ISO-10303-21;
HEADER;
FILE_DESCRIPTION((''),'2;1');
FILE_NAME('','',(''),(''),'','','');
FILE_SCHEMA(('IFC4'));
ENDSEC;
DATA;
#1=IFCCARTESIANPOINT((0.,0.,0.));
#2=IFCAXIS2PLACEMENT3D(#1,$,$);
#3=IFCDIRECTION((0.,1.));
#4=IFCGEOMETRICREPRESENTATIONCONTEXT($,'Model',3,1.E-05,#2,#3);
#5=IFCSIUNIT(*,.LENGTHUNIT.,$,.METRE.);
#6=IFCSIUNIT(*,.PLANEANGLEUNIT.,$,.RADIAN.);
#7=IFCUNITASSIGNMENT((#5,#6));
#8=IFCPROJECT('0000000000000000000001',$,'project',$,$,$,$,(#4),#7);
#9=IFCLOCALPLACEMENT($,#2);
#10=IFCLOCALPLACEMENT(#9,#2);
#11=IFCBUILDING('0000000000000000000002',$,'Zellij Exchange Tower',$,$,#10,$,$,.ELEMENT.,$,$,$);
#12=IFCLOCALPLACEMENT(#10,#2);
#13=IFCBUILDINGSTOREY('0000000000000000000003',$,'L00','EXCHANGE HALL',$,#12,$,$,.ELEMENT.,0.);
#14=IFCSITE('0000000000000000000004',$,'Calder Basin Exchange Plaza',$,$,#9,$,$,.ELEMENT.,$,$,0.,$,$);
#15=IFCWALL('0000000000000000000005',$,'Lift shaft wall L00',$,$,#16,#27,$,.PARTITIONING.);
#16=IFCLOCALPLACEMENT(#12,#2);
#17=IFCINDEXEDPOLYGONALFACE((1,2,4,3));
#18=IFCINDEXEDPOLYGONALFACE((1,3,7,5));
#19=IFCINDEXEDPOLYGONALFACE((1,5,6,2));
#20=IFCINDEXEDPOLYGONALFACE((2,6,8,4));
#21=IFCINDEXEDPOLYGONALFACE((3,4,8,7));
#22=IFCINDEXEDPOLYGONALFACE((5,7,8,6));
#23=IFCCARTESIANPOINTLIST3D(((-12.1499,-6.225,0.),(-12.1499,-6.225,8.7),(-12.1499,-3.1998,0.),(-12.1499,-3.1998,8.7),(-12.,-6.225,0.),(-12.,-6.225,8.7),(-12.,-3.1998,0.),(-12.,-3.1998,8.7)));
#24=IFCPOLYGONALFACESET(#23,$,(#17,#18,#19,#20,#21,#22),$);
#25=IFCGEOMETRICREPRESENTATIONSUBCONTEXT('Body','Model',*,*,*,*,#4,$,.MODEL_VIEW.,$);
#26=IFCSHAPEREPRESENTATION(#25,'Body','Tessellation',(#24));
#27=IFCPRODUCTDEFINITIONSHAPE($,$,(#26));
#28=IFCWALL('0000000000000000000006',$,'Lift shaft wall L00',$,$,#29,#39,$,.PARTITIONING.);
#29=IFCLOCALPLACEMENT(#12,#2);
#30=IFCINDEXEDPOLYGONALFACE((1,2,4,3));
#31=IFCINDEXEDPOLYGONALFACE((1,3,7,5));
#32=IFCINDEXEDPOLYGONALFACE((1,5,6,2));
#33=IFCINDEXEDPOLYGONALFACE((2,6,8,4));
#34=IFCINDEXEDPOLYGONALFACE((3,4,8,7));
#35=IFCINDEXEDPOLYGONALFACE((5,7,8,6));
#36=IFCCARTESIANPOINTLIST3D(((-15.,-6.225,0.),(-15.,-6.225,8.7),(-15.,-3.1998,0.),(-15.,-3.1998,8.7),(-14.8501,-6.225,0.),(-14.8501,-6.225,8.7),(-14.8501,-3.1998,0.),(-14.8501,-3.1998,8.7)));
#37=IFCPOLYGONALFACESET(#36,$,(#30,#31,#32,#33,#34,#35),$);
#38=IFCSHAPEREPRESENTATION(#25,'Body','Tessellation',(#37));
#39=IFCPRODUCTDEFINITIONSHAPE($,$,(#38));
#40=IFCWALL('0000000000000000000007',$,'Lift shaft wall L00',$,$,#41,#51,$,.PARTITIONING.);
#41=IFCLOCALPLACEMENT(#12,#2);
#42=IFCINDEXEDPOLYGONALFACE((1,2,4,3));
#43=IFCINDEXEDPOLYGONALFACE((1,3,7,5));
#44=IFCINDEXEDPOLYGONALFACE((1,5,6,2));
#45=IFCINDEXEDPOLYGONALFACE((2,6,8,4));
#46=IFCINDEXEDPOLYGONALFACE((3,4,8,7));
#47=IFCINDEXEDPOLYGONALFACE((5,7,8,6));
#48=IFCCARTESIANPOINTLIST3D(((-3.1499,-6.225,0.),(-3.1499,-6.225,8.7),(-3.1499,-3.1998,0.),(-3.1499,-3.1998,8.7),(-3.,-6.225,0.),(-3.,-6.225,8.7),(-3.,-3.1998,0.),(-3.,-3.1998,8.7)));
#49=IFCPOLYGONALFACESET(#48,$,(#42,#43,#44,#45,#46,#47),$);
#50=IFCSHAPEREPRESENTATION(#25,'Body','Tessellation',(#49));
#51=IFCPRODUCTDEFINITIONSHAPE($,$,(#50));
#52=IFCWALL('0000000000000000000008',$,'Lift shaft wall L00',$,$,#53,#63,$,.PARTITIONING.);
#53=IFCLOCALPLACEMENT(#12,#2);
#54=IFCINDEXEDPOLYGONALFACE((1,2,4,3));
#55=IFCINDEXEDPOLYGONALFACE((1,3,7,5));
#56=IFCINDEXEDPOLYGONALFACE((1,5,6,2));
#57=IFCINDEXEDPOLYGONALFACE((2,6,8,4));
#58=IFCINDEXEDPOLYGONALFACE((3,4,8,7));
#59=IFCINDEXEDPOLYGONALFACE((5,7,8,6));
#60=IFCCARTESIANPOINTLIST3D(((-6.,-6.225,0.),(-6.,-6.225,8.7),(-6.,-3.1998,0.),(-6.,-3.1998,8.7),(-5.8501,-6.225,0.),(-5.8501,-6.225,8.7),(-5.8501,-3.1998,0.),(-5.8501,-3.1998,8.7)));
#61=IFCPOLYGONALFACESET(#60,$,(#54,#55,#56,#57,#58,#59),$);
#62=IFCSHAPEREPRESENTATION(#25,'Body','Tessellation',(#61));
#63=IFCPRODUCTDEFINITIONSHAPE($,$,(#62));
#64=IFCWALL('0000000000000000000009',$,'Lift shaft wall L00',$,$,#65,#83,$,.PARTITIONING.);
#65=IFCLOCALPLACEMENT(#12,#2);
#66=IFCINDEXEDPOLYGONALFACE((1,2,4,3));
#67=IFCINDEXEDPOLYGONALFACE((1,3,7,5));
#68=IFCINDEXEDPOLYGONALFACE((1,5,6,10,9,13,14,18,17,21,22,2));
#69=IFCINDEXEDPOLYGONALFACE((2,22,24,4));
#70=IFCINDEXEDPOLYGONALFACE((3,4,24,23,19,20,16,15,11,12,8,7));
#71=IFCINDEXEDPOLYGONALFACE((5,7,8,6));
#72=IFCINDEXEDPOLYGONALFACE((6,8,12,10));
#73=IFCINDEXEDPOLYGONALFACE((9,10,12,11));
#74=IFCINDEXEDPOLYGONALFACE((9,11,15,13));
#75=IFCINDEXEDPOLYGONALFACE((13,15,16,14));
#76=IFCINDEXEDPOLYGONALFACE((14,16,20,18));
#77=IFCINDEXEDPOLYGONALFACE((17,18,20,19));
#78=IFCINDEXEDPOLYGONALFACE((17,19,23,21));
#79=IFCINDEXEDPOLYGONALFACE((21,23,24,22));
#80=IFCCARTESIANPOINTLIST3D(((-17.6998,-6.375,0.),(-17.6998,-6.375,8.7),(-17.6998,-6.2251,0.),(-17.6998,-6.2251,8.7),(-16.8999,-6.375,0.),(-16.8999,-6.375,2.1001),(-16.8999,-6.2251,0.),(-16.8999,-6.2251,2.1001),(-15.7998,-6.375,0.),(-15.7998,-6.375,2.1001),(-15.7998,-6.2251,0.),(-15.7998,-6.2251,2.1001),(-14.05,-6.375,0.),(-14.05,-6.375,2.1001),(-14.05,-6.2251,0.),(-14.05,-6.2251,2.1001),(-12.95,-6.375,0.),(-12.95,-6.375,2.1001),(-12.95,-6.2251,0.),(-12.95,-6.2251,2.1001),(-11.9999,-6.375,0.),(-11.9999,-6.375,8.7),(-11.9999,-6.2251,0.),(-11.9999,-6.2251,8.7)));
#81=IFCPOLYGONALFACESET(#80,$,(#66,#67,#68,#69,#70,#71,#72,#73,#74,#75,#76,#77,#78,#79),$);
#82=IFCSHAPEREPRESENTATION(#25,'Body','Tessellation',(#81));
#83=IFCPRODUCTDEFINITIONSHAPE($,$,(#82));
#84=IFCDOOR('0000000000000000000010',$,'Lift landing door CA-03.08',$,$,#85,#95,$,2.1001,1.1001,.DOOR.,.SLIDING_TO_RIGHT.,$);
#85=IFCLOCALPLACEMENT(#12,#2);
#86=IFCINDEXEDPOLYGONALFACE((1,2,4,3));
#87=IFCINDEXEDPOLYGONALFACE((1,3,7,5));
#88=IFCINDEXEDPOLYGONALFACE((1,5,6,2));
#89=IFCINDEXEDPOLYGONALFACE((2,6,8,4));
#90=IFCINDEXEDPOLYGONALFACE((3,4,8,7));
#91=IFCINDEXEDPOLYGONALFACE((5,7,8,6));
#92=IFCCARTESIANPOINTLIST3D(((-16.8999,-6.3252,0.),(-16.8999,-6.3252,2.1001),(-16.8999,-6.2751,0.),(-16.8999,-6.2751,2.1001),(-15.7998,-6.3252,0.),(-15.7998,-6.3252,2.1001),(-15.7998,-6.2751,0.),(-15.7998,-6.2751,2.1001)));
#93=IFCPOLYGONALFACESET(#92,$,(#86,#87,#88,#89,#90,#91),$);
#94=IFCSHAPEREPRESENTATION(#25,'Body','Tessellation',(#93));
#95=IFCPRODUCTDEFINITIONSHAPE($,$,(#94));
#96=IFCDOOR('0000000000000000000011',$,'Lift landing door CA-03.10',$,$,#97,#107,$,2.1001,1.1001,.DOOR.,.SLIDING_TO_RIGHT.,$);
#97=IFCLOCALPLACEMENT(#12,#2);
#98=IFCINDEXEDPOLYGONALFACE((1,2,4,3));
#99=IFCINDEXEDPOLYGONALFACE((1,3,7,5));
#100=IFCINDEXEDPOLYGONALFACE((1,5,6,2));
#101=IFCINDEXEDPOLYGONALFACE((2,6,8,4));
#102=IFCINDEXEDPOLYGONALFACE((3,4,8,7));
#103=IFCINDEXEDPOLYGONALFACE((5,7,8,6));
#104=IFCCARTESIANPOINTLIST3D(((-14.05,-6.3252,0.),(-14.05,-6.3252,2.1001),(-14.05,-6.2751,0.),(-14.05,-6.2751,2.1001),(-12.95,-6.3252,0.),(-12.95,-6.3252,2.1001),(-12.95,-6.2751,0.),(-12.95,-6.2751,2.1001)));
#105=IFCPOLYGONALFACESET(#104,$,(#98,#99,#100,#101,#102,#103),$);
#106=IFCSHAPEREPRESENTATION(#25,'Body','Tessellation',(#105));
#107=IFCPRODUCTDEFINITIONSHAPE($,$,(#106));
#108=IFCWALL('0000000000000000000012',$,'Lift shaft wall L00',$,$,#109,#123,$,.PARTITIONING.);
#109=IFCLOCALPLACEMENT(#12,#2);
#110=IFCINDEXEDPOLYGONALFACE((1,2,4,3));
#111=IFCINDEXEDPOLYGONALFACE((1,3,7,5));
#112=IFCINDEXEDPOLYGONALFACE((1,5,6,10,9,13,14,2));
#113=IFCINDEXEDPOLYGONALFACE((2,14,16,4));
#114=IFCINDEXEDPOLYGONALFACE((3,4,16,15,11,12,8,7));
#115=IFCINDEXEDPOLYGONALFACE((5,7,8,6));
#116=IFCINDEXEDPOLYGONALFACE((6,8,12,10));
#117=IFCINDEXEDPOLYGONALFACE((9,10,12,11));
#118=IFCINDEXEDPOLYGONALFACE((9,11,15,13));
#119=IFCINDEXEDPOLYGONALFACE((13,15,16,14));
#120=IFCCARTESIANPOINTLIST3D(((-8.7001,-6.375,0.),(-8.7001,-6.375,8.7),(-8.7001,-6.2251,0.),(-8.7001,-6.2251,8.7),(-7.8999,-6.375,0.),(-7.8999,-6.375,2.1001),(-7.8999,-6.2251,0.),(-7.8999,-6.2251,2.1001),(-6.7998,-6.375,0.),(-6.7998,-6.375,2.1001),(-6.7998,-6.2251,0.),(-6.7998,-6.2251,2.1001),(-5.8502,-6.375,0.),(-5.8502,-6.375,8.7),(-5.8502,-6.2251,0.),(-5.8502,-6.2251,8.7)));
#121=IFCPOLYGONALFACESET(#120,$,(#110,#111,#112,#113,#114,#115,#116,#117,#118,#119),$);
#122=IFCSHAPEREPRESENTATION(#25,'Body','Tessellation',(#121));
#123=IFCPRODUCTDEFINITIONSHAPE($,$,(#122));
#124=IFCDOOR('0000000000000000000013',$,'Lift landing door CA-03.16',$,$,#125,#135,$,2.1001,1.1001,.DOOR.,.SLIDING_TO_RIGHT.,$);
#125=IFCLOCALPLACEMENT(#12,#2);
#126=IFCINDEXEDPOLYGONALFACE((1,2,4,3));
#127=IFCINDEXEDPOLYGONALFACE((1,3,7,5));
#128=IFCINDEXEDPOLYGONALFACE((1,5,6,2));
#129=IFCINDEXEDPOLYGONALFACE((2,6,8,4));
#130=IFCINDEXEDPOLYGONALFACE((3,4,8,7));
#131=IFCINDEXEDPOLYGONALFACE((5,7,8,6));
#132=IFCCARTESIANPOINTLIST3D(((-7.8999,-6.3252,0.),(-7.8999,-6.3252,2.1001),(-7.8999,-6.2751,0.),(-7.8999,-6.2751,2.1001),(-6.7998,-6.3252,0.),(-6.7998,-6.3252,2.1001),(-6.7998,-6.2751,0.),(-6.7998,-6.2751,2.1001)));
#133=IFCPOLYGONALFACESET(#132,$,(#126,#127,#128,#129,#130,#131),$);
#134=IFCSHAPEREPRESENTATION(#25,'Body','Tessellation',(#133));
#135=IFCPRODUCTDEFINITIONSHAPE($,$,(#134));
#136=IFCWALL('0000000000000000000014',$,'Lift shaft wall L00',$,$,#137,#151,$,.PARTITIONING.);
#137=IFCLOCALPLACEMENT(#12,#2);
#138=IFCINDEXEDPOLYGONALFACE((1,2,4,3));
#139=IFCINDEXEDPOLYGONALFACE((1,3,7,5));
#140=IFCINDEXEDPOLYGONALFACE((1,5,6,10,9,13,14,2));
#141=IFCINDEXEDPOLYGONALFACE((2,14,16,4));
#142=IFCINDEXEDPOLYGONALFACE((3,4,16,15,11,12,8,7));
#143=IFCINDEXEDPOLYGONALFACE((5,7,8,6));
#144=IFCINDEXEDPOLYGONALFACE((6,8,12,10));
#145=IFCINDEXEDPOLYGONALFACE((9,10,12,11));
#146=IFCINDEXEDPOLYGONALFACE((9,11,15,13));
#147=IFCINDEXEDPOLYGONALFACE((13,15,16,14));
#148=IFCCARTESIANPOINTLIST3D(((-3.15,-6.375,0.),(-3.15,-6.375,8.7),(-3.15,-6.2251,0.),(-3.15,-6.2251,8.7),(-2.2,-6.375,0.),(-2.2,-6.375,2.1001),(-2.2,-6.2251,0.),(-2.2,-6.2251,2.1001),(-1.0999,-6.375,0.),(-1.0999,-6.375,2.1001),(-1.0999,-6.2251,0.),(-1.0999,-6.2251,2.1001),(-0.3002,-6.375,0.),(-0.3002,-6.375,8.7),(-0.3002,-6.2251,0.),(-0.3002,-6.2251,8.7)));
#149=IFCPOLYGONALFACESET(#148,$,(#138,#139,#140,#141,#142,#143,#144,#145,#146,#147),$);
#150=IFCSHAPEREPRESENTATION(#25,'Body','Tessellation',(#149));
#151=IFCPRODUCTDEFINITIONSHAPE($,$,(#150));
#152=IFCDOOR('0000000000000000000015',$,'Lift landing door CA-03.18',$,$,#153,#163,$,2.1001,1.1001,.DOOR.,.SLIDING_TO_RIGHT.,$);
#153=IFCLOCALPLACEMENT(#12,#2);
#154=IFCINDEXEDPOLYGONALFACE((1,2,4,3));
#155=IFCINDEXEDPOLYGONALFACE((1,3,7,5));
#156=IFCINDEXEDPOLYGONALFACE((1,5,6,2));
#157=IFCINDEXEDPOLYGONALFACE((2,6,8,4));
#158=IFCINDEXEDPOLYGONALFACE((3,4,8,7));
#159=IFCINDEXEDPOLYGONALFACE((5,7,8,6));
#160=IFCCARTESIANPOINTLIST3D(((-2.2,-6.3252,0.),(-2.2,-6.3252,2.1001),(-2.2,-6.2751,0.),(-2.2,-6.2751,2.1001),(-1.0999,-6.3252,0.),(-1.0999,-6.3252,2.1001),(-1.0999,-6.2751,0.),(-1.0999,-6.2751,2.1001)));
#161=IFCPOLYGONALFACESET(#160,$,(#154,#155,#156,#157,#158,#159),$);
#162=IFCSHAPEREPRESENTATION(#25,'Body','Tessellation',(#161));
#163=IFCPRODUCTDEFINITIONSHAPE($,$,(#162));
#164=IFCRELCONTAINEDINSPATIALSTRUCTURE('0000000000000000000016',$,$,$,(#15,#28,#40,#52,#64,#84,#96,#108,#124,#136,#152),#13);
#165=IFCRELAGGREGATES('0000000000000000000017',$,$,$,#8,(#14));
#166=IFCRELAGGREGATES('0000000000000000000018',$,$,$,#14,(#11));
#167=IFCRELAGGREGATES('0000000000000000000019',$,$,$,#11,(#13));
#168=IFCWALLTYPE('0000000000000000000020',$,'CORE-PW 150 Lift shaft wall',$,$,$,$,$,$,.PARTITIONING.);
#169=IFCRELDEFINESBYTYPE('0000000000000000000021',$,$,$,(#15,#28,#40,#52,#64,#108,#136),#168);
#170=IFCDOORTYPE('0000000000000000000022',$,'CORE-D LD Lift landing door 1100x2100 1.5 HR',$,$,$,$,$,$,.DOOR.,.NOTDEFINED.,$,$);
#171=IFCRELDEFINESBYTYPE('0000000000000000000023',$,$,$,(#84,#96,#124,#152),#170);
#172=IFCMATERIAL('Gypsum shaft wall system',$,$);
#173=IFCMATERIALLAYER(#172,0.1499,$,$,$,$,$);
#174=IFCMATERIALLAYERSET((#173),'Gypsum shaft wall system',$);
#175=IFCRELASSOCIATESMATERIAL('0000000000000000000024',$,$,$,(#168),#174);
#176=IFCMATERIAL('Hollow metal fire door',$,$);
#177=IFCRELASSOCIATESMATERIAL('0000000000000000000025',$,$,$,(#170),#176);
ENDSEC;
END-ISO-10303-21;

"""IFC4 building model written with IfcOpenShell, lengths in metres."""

from ifc_helpers import new_model, si_unit, direction, frame, frame_2d, origin, place, context, subcontext, project, spatial, rectangle, extrude, material, layer, layer_set, type_object, element, fill, save


model = new_model("IFC4")

# Units and contexts
model_context = context("Model", 3, precision=1e-05, world=origin(), true_north=direction((0.0, 1.0)))
body_context = subcontext(model_context, "Body", "Model", "MODEL_VIEW")
ifc_project = project(units=[si_unit("LENGTHUNIT", "METRE"), si_unit("PLANEANGLEUNIT", "RADIAN")], contexts=[model_context])

# Site, building, storey
site_placement = place(None, origin())
site = spatial("IfcSite", under=ifc_project, at=site_placement, Name="Calder Basin Exchange Plaza", CompositionType="ELEMENT", RefElevation=0.0)
building_placement = place(site_placement, origin())
building = spatial("IfcBuilding", under=site, at=building_placement, Name="Zellij Exchange Tower", CompositionType="ELEMENT")
storey_placement = place(building_placement, origin())
storey = spatial("IfcBuildingStorey", under=building, at=storey_placement, Name="L00", Description="EXCHANGE HALL", CompositionType="ELEMENT", Elevation=0.0)

# Shared definitions
ifc_material_1 = material(Name="Gypsum shaft wall system")
ifc_material_2 = material(Name="Hollow metal fire door")

# Walls
ifc_layer_1 = layer(ifc_material_1, 0.1499)
ifc_layer_set_1 = layer_set([ifc_layer_1], Name="Gypsum shaft wall system")
wall_type_1 = type_object("IfcWallType", Name="CORE-PW 150 Lift shaft wall", PredefinedType="PARTITIONING", material=ifc_layer_set_1)
for number, where, z_axis, x_axis, name in (
    (1, (-12.075, -6.2251, 0.0), (0.0, 0.0, 1.0), (0.0, 1.0, 0.0), "Lift shaft wall L00"),
    (2, (-14.925, -6.2251, 0.0), (0.0, 0.0, 1.0), (0.0, 1.0, 0.0), "Lift shaft wall L00"),
    (3, (-3.075, -6.2251, 0.0), (0.0, 0.0, 1.0), (0.0, 1.0, 0.0), "Lift shaft wall L00"),
    (4, (-5.925, -6.2251, 0.0), (0.0, 0.0, 1.0), (0.0, 1.0, 0.0), "Lift shaft wall L00"),
):
    element("IfcWall", number, at=place(storey_placement, frame(where, z_axis=z_axis, x_axis=x_axis)), inside=storey, type_object=wall_type_1, Name=name, PredefinedType="PARTITIONING", context=body_context, shape_type="SweptSolid", body=[
        extrude(rectangle(XDim=3.0251, YDim=0.1499, at=frame_2d((1.5127, 0.0))), origin(), (0.0, 0.0, 1.0), 8.7),
    ])

# Wall, openings, doors
wall_1_placement = place(storey_placement, frame((-17.7, -6.3, 0.0), z_axis=(0.0, 0.0, 1.0), x_axis=(1.0, 0.0, 0.0)))
wall_1 = element("IfcWall", 5, at=wall_1_placement, inside=storey, type_object=wall_type_1, Name="Lift shaft wall L00", PredefinedType="PARTITIONING", context=body_context, shape_type="SweptSolid", body=[
    extrude(rectangle(XDim=5.7, YDim=0.1499, at=frame_2d((2.8501, 0.0))), origin(), (0.0, 0.0, 1.0), 8.7),
])
opening_1_placement = place(wall_1_placement, frame((0.8, 0.0, 0.0)))
opening_1 = element("IfcOpeningElement", 6, at=opening_1_placement, cuts=wall_1, PredefinedType="OPENING", context=body_context, shape_type="SweptSolid", body=[
    extrude(rectangle(XDim=1.1001, YDim=2.1001, at=frame_2d((0.55, 1.05))), frame((0.0, 0.0869, 0.0), z_axis=(0.0, -1.0, 0.0), x_axis=(1.0, 0.0, 0.0)), (0.0, 0.0, 1.0), 0.1738),
])
opening_2_placement = place(wall_1_placement, frame((3.6499, 0.0, 0.0)))
opening_2 = element("IfcOpeningElement", 7, at=opening_2_placement, cuts=wall_1, PredefinedType="OPENING", context=body_context, shape_type="SweptSolid", body=[
    extrude(rectangle(XDim=1.1001, YDim=2.1001, at=frame_2d((0.55, 1.05))), frame((0.0, 0.0869, 0.0), z_axis=(0.0, -1.0, 0.0), x_axis=(1.0, 0.0, 0.0)), (0.0, 0.0, 1.0), 0.1738),
])
door_type_1 = type_object("IfcDoorType", Name="CORE-D LD Lift landing door 1100x2100 1.5 HR", OperationType="NOTDEFINED", PredefinedType="DOOR", material=ifc_material_2)
door_1_placement = place(opening_1_placement, origin())
door_1 = element("IfcDoor", 8, at=door_1_placement, inside=storey, type_object=door_type_1, Name="Lift landing door CA-03.08", OperationType="SLIDING_TO_RIGHT", OverallHeight=2.1001, OverallWidth=1.1001, PredefinedType="DOOR", context=body_context, shape_type="SweptSolid", body=[
    extrude(rectangle(XDim=1.1001, YDim=2.1001, at=frame_2d((0.55, 1.05))), frame((0.0, 0.0249, 0.0), z_axis=(0.0, -1.0, 0.0), x_axis=(1.0, 0.0, 0.0)), (0.0, 0.0, 1.0), 0.05),
])
fill(opening_1, door_1)
door_2_placement = place(opening_2_placement, origin())
door_2 = element("IfcDoor", 9, at=door_2_placement, inside=storey, type_object=door_type_1, Name="Lift landing door CA-03.10", OperationType="SLIDING_TO_RIGHT", OverallHeight=2.1001, OverallWidth=1.1001, PredefinedType="DOOR", context=body_context, shape_type="SweptSolid", body=[
    extrude(rectangle(XDim=1.1001, YDim=2.1001, at=frame_2d((0.55, 1.05))), frame((0.0, 0.0249, 0.0), z_axis=(0.0, -1.0, 0.0), x_axis=(1.0, 0.0, 0.0)), (0.0, 0.0, 1.0), 0.05),
])
fill(opening_2, door_2)

# Walls, openings, doors
wall_2_placement = place(storey_placement, frame((-8.7, -6.3, 0.0), z_axis=(0.0, 0.0, 1.0), x_axis=(1.0, 0.0, 0.0)))
wall_2 = element("IfcWall", 10, at=wall_2_placement, inside=storey, type_object=wall_type_1, Name="Lift shaft wall L00", PredefinedType="PARTITIONING", context=body_context, shape_type="SweptSolid", body=[
    extrude(rectangle(XDim=2.8499, YDim=0.1499, at=frame_2d((1.4248, 0.0))), origin(), (0.0, 0.0, 1.0), 8.7),
])
opening_3_placement = place(wall_2_placement, frame((0.8, 0.0, 0.0)))
opening_3 = element("IfcOpeningElement", 11, at=opening_3_placement, cuts=wall_2, PredefinedType="OPENING", context=body_context, shape_type="SweptSolid", body=[
    extrude(rectangle(XDim=1.1001, YDim=2.1001, at=frame_2d((0.55, 1.05))), frame((0.0, 0.0869, 0.0), z_axis=(0.0, -1.0, 0.0), x_axis=(1.0, 0.0, 0.0)), (0.0, 0.0, 1.0), 0.1738),
])
door_3_placement = place(opening_3_placement, origin())
door_3 = element("IfcDoor", 12, at=door_3_placement, inside=storey, type_object=door_type_1, Name="Lift landing door CA-03.16", OperationType="SLIDING_TO_RIGHT", OverallHeight=2.1001, OverallWidth=1.1001, PredefinedType="DOOR", context=body_context, shape_type="SweptSolid", body=[
    extrude(rectangle(XDim=1.1001, YDim=2.1001, at=frame_2d((0.55, 1.05))), frame((0.0, 0.0249, 0.0), z_axis=(0.0, -1.0, 0.0), x_axis=(1.0, 0.0, 0.0)), (0.0, 0.0, 1.0), 0.05),
])
fill(opening_3, door_3)
wall_3_placement = place(storey_placement, frame((-3.1499, -6.3, 0.0), z_axis=(0.0, 0.0, 1.0), x_axis=(1.0, 0.0, 0.0)))
wall_3 = element("IfcWall", 13, at=wall_3_placement, inside=storey, type_object=wall_type_1, Name="Lift shaft wall L00", PredefinedType="PARTITIONING", context=body_context, shape_type="SweptSolid", body=[
    extrude(rectangle(XDim=2.8499, YDim=0.1499, at=frame_2d((1.4248, 0.0))), origin(), (0.0, 0.0, 1.0), 8.7),
])
opening_4_placement = place(wall_3_placement, frame((0.95, 0.0, 0.0)))
opening_4 = element("IfcOpeningElement", 14, at=opening_4_placement, cuts=wall_3, PredefinedType="OPENING", context=body_context, shape_type="SweptSolid", body=[
    extrude(rectangle(XDim=1.1001, YDim=2.1001, at=frame_2d((0.55, 1.05))), frame((0.0, 0.0869, 0.0), z_axis=(0.0, -1.0, 0.0), x_axis=(1.0, 0.0, 0.0)), (0.0, 0.0, 1.0), 0.1738),
])
door_4_placement = place(opening_4_placement, origin())
door_4 = element("IfcDoor", 15, at=door_4_placement, inside=storey, type_object=door_type_1, Name="Lift landing door CA-03.18", OperationType="SLIDING_TO_RIGHT", OverallHeight=2.1001, OverallWidth=1.1001, PredefinedType="DOOR", context=body_context, shape_type="SweptSolid", body=[
    extrude(rectangle(XDim=1.1001, YDim=2.1001, at=frame_2d((0.55, 1.05))), frame((0.0, 0.0249, 0.0), z_axis=(0.0, -1.0, 0.0), x_axis=(1.0, 0.0, 0.0)), (0.0, 0.0, 1.0), 0.05),
])
fill(opening_4, door_4)

save(model, "model.ifc")
